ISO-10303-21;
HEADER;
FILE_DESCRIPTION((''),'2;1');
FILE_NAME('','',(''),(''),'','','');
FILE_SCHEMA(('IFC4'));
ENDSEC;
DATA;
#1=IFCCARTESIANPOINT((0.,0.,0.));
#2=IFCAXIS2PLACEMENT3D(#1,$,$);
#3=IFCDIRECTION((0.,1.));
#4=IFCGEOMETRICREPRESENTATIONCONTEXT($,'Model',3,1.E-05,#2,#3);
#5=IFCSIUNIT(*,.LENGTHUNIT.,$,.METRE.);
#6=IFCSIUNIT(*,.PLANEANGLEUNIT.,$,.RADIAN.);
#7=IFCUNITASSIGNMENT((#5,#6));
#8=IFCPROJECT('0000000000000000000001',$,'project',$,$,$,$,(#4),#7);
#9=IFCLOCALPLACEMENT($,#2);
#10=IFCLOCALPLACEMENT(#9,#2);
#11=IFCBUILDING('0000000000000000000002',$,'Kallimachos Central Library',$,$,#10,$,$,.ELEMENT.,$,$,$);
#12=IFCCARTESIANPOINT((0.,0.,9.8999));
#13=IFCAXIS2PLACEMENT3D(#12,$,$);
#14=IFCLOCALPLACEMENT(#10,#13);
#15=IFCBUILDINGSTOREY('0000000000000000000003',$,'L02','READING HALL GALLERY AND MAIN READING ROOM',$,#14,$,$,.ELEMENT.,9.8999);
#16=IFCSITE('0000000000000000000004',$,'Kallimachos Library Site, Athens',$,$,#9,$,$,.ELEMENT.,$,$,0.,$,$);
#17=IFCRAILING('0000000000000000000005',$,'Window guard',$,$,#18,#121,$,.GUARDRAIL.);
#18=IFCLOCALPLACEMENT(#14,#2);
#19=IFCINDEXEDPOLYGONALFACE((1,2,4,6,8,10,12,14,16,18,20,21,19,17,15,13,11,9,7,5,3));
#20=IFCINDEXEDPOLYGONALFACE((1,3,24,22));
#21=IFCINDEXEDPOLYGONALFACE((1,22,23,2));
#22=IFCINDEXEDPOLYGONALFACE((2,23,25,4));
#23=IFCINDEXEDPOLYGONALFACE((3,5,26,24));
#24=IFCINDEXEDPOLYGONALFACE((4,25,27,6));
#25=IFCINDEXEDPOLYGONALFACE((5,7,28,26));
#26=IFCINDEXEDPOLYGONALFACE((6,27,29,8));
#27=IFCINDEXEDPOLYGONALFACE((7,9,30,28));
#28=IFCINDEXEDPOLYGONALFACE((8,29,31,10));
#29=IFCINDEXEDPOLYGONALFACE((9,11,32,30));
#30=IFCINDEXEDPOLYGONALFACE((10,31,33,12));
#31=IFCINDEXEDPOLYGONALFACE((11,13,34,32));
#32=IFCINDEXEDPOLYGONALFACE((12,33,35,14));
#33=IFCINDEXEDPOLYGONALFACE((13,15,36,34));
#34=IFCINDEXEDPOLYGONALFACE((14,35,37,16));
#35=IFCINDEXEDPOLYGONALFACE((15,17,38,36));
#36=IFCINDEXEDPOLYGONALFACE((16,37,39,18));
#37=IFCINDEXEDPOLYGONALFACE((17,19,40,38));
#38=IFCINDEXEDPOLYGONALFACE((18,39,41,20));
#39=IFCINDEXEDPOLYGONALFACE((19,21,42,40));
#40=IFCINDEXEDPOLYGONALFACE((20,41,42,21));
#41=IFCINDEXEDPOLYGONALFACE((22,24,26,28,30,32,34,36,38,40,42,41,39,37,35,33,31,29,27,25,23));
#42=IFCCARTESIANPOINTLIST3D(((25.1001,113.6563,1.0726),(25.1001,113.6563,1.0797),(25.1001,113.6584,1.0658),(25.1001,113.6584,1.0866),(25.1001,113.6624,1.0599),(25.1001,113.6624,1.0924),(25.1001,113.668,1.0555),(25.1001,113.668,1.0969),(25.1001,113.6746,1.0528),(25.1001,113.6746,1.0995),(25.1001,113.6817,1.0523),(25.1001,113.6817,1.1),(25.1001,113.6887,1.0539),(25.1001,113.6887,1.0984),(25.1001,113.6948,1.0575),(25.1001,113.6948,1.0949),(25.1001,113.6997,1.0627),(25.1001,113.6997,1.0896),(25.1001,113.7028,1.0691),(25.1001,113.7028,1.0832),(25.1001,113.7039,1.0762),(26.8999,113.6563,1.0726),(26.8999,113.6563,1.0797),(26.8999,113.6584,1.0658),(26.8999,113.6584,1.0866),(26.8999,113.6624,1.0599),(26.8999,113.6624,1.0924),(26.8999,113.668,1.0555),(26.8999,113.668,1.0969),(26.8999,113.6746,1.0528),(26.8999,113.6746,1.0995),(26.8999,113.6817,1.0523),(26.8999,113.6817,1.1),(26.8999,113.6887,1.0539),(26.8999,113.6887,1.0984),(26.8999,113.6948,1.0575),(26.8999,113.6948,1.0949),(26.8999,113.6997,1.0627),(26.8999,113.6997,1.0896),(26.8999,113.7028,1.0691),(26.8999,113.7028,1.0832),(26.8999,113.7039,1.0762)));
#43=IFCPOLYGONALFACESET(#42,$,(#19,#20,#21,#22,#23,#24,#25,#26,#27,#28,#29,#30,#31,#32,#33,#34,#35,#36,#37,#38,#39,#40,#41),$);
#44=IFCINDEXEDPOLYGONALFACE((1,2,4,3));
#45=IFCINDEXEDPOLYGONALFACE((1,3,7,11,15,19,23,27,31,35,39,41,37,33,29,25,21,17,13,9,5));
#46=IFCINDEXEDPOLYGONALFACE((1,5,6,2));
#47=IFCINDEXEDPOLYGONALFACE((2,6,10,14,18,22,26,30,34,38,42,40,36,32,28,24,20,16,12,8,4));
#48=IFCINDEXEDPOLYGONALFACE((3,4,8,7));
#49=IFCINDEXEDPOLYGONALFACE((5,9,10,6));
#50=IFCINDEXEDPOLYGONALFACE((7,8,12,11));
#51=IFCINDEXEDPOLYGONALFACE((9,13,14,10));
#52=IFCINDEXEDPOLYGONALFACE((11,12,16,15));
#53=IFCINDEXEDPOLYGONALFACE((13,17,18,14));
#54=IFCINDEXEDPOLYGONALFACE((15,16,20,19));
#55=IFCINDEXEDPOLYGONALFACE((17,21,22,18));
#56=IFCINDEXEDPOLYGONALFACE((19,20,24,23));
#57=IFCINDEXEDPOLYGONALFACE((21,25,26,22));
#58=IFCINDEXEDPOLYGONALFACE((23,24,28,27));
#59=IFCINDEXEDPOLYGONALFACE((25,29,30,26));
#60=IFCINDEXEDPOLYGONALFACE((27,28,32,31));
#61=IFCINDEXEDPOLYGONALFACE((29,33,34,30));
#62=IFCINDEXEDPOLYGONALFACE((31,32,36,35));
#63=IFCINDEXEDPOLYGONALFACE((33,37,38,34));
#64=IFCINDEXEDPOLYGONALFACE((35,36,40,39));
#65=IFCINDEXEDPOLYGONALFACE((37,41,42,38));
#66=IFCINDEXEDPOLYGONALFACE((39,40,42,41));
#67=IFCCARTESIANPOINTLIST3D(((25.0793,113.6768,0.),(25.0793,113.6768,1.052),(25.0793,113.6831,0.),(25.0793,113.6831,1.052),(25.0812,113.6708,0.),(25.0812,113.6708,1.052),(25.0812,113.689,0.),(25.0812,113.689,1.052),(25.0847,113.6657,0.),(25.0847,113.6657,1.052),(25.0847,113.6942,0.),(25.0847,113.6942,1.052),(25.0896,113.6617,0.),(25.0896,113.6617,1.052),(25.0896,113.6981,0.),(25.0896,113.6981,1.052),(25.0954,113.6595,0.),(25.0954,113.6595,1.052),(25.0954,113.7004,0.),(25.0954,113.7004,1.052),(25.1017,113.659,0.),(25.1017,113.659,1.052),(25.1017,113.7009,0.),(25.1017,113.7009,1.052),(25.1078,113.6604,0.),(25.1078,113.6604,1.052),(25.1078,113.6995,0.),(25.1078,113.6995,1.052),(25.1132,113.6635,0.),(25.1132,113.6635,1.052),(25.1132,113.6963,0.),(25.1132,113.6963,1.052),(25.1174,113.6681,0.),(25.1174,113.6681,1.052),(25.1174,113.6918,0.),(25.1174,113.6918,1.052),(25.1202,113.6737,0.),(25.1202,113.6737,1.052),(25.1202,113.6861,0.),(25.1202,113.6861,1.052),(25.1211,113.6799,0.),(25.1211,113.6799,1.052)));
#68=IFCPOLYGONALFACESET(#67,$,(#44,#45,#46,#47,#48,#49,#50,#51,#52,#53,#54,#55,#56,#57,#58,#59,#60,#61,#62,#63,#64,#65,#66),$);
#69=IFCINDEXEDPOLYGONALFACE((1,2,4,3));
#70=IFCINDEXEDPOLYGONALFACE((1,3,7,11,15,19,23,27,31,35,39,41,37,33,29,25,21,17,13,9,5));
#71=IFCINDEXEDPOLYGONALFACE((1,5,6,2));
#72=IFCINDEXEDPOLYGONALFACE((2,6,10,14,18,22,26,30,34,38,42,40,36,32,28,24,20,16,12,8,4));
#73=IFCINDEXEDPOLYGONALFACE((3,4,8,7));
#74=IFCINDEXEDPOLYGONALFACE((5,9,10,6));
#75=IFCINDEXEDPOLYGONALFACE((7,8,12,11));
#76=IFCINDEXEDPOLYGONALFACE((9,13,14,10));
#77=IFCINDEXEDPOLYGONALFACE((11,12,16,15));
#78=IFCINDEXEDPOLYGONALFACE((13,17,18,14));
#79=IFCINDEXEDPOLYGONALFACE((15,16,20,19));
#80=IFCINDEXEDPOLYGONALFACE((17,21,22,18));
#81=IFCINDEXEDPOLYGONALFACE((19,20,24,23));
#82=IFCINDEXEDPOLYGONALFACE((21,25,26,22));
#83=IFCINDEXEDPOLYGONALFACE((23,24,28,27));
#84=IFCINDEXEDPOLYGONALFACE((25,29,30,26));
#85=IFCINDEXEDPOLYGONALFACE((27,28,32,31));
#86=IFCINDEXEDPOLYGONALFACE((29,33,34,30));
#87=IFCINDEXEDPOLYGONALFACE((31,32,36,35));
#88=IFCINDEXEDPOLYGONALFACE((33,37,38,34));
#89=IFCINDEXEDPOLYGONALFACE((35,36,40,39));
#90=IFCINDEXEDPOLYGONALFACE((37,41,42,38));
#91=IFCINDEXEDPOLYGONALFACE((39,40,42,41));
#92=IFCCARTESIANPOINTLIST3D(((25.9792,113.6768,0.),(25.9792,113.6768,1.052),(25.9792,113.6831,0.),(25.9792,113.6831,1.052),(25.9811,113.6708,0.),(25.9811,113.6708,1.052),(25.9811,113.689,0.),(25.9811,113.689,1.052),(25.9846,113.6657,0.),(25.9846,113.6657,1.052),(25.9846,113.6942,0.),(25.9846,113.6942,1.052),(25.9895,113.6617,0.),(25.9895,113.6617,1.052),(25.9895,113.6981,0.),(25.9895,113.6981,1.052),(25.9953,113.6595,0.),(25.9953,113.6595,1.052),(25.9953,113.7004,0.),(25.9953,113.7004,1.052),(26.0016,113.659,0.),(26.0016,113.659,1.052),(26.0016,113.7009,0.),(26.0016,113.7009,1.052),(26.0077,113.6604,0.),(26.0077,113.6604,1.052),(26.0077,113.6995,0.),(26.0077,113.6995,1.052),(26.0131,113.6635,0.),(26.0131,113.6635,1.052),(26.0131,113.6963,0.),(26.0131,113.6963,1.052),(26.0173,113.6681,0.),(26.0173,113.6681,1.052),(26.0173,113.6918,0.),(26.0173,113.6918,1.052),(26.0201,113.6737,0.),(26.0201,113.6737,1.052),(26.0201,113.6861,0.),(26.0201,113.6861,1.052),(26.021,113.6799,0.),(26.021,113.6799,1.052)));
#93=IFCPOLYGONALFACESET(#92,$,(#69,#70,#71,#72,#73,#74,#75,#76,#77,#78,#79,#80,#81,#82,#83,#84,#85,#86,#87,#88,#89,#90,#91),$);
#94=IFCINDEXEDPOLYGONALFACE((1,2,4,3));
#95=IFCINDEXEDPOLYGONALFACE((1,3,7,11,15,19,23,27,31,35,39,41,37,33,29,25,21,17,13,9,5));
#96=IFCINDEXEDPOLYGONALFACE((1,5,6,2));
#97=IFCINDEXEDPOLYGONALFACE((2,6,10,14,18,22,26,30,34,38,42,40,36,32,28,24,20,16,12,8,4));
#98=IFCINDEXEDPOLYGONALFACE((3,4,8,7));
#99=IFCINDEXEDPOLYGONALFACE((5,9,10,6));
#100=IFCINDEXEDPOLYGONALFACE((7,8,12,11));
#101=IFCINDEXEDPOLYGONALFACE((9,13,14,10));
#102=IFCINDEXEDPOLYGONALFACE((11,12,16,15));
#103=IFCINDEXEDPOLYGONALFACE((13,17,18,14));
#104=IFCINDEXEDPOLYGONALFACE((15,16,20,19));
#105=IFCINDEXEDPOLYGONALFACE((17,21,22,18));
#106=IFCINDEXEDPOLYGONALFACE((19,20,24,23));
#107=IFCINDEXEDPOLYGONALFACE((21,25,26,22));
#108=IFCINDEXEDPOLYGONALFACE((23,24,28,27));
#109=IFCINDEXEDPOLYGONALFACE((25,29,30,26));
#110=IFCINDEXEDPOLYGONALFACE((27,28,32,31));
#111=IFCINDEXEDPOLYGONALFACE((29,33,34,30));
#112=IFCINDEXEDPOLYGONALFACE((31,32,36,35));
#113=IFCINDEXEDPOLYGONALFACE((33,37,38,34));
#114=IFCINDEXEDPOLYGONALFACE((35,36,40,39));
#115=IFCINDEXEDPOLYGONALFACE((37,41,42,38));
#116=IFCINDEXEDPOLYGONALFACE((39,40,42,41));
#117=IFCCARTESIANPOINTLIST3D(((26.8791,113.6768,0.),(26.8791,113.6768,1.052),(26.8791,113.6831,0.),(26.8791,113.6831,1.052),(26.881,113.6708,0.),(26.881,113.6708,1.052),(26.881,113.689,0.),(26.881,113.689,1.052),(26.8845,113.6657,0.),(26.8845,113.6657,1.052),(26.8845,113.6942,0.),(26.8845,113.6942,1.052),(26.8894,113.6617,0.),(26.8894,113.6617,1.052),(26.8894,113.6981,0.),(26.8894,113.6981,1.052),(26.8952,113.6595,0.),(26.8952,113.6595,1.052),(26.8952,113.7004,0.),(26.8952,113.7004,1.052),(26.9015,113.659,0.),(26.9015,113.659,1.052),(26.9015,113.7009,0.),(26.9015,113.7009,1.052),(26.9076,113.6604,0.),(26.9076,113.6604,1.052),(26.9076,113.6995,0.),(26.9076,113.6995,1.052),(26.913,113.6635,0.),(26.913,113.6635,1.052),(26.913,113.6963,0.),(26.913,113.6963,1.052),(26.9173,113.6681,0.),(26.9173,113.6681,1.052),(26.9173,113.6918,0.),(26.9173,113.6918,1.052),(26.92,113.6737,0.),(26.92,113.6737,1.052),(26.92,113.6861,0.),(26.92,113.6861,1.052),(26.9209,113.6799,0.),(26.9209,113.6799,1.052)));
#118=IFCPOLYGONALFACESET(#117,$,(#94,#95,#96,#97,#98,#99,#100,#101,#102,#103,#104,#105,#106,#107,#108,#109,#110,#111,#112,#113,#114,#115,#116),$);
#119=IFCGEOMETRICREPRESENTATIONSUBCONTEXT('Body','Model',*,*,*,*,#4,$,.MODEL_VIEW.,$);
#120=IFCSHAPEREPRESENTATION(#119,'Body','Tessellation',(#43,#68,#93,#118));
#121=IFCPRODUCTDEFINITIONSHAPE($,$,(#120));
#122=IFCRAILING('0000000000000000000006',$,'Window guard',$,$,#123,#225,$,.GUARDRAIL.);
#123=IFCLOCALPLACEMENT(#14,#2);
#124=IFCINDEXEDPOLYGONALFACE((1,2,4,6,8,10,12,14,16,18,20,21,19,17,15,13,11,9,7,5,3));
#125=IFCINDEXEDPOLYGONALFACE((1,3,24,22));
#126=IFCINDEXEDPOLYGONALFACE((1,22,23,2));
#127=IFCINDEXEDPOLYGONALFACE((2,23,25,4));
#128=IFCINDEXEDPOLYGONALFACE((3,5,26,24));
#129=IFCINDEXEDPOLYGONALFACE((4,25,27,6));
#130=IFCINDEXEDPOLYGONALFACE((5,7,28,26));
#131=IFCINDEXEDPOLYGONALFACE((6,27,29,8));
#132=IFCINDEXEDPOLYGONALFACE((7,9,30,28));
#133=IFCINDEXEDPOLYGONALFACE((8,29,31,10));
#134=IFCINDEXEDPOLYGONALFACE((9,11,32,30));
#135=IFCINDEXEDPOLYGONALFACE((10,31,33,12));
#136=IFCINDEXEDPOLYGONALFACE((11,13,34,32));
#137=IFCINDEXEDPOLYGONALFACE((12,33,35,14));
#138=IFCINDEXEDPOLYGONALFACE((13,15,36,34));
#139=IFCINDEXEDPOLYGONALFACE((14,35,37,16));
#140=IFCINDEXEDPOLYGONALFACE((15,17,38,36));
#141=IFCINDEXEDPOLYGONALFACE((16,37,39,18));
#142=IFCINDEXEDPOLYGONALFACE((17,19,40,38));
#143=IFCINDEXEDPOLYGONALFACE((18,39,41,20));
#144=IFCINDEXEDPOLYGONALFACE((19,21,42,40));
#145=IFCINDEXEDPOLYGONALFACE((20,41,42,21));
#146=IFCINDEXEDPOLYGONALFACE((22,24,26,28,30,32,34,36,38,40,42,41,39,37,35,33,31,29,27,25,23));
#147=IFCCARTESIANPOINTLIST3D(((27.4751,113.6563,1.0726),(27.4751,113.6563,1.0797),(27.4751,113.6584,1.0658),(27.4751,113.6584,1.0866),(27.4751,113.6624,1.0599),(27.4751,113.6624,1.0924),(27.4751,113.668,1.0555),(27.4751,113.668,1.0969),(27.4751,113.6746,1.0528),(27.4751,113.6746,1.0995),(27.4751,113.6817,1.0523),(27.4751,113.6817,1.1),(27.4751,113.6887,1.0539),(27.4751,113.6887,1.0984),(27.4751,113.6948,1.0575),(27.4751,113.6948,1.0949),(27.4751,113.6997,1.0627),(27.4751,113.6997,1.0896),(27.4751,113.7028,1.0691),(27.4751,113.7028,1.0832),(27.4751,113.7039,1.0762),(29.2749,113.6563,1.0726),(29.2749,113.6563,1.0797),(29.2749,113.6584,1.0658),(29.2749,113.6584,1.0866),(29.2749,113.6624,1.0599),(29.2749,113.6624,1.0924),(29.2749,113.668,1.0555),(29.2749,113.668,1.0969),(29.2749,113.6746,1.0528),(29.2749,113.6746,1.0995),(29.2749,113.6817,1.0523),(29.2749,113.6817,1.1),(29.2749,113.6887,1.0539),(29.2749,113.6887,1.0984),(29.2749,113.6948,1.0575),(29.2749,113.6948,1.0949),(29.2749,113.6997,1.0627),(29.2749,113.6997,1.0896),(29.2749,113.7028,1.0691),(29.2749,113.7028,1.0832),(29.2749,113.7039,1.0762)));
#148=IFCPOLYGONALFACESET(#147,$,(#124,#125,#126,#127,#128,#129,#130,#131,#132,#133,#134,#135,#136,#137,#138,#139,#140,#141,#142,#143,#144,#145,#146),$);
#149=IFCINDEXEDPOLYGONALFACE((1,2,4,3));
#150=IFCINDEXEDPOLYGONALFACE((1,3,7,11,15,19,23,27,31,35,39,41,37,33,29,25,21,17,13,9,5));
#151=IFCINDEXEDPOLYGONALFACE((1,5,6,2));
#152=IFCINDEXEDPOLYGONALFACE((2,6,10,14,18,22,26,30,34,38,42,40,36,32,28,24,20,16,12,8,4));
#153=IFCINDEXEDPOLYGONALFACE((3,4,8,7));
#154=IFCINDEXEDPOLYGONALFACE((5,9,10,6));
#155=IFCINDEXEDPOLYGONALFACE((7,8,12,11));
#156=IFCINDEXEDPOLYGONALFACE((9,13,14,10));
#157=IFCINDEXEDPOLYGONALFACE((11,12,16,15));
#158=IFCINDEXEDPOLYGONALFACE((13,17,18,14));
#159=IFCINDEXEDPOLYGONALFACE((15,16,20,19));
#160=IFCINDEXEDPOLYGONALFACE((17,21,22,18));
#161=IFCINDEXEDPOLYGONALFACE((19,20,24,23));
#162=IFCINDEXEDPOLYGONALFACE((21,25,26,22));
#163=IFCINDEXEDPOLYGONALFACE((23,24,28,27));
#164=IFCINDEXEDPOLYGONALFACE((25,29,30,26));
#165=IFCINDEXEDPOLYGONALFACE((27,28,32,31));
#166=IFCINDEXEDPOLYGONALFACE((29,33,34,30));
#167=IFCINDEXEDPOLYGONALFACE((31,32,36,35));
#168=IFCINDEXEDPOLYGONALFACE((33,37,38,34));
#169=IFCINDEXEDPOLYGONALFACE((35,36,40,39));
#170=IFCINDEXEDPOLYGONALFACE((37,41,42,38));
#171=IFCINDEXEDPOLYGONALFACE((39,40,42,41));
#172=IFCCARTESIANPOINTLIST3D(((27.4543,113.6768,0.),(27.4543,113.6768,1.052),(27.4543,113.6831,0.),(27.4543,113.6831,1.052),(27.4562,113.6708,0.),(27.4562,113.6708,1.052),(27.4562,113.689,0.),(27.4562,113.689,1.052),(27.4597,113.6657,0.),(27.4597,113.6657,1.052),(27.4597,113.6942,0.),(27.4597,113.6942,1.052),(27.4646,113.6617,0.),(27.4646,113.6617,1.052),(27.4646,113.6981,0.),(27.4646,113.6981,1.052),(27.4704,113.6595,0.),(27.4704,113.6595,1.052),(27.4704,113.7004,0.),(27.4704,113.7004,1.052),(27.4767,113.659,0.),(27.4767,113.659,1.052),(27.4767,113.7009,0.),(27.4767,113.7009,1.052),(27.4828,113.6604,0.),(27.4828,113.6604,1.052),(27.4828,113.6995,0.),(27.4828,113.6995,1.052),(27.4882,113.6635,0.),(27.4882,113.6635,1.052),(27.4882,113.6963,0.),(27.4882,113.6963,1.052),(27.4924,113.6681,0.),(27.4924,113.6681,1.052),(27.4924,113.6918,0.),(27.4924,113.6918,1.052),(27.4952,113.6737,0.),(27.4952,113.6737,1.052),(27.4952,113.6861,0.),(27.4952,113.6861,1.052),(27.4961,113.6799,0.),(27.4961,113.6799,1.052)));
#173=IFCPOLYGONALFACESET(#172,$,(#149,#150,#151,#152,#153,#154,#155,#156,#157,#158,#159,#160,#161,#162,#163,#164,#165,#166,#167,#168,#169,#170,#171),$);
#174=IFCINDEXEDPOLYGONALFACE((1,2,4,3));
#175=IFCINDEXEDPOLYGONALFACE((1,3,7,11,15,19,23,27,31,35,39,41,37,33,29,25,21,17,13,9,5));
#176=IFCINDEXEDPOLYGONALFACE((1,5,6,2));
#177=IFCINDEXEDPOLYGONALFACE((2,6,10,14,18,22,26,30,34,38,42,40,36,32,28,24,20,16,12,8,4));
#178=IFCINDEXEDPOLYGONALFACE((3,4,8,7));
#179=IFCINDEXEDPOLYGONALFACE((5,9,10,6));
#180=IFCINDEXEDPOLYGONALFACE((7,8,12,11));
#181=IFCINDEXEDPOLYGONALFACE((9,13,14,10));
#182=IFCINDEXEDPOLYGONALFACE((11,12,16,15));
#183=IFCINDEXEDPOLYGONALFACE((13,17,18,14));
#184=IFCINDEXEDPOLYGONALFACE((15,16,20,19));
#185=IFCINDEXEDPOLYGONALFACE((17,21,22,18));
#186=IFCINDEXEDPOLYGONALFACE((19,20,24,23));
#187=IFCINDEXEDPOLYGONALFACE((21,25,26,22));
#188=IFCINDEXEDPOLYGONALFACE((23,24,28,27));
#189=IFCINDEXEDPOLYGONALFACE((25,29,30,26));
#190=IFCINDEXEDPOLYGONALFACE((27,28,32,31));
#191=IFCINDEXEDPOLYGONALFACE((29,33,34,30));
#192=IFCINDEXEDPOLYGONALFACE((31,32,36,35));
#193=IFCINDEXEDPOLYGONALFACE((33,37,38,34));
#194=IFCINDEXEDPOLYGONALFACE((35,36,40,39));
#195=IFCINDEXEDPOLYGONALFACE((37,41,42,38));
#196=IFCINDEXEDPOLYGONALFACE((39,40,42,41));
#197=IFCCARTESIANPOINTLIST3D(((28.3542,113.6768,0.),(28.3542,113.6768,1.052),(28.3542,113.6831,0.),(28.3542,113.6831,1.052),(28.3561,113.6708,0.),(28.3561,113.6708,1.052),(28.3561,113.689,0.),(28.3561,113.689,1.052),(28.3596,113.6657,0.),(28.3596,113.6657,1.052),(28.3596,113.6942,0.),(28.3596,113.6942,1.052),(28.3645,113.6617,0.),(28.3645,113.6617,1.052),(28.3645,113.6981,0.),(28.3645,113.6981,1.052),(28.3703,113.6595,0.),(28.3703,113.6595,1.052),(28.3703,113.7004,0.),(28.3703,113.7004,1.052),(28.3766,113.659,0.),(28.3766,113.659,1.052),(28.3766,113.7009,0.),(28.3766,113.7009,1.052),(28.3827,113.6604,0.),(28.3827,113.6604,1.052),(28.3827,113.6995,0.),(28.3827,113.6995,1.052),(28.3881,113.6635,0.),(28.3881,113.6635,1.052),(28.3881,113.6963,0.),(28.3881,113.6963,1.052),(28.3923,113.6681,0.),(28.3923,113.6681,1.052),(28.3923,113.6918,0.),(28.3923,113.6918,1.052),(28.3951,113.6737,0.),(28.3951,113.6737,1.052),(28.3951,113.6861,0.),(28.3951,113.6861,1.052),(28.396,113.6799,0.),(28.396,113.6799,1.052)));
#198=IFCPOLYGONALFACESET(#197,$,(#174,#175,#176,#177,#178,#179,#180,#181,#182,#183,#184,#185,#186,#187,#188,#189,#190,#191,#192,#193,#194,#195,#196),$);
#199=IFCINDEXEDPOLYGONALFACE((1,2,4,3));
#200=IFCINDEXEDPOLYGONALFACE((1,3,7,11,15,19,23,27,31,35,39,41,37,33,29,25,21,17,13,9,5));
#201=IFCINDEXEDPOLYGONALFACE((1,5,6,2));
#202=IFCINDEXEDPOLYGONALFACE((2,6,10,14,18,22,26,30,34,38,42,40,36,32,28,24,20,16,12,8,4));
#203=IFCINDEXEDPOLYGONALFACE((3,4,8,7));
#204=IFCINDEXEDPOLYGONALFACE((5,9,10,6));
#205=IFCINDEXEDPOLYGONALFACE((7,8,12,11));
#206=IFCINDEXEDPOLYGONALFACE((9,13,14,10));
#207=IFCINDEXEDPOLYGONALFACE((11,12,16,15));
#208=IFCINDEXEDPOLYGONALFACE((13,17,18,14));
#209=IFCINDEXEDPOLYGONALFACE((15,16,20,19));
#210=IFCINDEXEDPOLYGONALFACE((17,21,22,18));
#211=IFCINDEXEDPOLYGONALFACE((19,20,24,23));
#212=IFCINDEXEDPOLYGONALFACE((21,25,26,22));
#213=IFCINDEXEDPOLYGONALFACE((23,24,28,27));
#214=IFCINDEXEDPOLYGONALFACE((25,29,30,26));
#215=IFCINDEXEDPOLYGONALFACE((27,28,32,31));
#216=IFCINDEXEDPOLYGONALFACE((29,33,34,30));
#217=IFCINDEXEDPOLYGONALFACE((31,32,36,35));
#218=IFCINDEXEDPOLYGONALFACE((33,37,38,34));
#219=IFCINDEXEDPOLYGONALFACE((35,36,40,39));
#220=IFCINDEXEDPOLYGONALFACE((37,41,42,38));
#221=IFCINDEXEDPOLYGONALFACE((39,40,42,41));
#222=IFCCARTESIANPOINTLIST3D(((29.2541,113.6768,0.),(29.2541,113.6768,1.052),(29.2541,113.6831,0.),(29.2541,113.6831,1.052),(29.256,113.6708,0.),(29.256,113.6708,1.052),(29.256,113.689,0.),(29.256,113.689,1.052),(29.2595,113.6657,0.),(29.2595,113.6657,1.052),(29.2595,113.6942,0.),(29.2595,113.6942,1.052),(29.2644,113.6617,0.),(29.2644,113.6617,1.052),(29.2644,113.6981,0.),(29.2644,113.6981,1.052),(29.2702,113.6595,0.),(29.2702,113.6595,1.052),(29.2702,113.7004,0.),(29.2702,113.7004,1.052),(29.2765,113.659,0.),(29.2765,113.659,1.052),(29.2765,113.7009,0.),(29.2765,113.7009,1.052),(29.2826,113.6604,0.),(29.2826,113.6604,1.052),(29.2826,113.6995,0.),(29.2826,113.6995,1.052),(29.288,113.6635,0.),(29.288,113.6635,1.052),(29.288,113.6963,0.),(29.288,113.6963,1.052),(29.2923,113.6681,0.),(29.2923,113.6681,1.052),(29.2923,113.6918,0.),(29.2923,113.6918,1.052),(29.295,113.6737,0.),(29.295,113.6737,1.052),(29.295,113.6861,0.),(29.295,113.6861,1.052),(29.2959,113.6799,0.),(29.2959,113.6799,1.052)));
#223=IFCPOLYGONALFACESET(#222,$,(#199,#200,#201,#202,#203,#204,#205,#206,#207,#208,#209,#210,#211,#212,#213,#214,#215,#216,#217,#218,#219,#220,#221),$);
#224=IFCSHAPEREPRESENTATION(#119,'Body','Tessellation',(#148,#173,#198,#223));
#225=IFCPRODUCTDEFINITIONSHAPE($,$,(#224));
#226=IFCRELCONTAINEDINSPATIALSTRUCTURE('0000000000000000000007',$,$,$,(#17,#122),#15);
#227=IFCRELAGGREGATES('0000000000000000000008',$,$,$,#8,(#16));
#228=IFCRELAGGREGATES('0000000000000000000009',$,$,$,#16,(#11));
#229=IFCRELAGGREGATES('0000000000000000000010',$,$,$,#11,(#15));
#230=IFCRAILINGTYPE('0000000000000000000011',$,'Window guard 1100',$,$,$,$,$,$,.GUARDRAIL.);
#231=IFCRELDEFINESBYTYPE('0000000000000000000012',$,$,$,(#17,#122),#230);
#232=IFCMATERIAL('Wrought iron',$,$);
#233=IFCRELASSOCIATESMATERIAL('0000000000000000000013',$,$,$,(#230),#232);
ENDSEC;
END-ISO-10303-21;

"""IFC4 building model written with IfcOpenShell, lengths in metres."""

from ifc_helpers import new_model, si_unit, direction, frame, origin, origin_2d, place, context, subcontext, project, spatial, circle, extrude, material, type_object, element, save


model = new_model("IFC4")

# Units and contexts
model_context = context("Model", 3, precision=1e-05, world=origin(), true_north=direction((0.0, 1.0)))
body_context = subcontext(model_context, "Body", "Model", "MODEL_VIEW")
ifc_project = project(units=[si_unit("LENGTHUNIT", "METRE"), si_unit("PLANEANGLEUNIT", "RADIAN")], contexts=[model_context])

# Site, building, storey
site_placement = place(None, origin())
site = spatial("IfcSite", under=ifc_project, at=site_placement, Name="Kallimachos Library Site, Athens", CompositionType="ELEMENT", RefElevation=0.0)
building_placement = place(site_placement, origin())
building = spatial("IfcBuilding", under=site, at=building_placement, Name="Kallimachos Central Library", CompositionType="ELEMENT")
storey_placement = place(building_placement, frame((0.0, 0.0, 9.8999)))
storey = spatial("IfcBuildingStorey", under=building, at=storey_placement, Name="L02", Description="READING HALL GALLERY AND MAIN READING ROOM", CompositionType="ELEMENT", Elevation=9.8999)

# Railings
ifc_material_1 = material(Name="Wrought iron")
railing_type = type_object("IfcRailingType", Name="Window guard 1100", PredefinedType="GUARDRAIL", material=ifc_material_1)
for number, where, name in (
    (1, (25.1001, 113.6799, 0.0), "Window guard"),
    (2, (27.4751, 113.6799, 0.0), "Window guard"),
):
    element("IfcRailing", number, at=place(storey_placement, frame(where)), inside=storey, type_object=railing_type, Name=name, PredefinedType="GUARDRAIL", context=body_context, shape_type="SweptSolid", body=[
        extrude(circle(Radius=0.0239, at=origin_2d()), frame((0.0, 0.0, 1.0762), z_axis=(1.0, 0.0, 0.0), x_axis=(0.0, 1.0, 0.0)), (0.0, 0.0, 1.0), 1.7998),
        extrude(circle(Radius=0.021, at=origin_2d()), origin(), (0.0, 0.0, 1.0), 1.052),
        extrude(circle(Radius=0.021, at=origin_2d()), frame((0.8999, 0.0, 0.0)), (0.0, 0.0, 1.0), 1.052),
        extrude(circle(Radius=0.021, at=origin_2d()), frame((1.7998, 0.0, 0.0)), (0.0, 0.0, 1.0), 1.052),
    ])

save(model, "model.ifc")
